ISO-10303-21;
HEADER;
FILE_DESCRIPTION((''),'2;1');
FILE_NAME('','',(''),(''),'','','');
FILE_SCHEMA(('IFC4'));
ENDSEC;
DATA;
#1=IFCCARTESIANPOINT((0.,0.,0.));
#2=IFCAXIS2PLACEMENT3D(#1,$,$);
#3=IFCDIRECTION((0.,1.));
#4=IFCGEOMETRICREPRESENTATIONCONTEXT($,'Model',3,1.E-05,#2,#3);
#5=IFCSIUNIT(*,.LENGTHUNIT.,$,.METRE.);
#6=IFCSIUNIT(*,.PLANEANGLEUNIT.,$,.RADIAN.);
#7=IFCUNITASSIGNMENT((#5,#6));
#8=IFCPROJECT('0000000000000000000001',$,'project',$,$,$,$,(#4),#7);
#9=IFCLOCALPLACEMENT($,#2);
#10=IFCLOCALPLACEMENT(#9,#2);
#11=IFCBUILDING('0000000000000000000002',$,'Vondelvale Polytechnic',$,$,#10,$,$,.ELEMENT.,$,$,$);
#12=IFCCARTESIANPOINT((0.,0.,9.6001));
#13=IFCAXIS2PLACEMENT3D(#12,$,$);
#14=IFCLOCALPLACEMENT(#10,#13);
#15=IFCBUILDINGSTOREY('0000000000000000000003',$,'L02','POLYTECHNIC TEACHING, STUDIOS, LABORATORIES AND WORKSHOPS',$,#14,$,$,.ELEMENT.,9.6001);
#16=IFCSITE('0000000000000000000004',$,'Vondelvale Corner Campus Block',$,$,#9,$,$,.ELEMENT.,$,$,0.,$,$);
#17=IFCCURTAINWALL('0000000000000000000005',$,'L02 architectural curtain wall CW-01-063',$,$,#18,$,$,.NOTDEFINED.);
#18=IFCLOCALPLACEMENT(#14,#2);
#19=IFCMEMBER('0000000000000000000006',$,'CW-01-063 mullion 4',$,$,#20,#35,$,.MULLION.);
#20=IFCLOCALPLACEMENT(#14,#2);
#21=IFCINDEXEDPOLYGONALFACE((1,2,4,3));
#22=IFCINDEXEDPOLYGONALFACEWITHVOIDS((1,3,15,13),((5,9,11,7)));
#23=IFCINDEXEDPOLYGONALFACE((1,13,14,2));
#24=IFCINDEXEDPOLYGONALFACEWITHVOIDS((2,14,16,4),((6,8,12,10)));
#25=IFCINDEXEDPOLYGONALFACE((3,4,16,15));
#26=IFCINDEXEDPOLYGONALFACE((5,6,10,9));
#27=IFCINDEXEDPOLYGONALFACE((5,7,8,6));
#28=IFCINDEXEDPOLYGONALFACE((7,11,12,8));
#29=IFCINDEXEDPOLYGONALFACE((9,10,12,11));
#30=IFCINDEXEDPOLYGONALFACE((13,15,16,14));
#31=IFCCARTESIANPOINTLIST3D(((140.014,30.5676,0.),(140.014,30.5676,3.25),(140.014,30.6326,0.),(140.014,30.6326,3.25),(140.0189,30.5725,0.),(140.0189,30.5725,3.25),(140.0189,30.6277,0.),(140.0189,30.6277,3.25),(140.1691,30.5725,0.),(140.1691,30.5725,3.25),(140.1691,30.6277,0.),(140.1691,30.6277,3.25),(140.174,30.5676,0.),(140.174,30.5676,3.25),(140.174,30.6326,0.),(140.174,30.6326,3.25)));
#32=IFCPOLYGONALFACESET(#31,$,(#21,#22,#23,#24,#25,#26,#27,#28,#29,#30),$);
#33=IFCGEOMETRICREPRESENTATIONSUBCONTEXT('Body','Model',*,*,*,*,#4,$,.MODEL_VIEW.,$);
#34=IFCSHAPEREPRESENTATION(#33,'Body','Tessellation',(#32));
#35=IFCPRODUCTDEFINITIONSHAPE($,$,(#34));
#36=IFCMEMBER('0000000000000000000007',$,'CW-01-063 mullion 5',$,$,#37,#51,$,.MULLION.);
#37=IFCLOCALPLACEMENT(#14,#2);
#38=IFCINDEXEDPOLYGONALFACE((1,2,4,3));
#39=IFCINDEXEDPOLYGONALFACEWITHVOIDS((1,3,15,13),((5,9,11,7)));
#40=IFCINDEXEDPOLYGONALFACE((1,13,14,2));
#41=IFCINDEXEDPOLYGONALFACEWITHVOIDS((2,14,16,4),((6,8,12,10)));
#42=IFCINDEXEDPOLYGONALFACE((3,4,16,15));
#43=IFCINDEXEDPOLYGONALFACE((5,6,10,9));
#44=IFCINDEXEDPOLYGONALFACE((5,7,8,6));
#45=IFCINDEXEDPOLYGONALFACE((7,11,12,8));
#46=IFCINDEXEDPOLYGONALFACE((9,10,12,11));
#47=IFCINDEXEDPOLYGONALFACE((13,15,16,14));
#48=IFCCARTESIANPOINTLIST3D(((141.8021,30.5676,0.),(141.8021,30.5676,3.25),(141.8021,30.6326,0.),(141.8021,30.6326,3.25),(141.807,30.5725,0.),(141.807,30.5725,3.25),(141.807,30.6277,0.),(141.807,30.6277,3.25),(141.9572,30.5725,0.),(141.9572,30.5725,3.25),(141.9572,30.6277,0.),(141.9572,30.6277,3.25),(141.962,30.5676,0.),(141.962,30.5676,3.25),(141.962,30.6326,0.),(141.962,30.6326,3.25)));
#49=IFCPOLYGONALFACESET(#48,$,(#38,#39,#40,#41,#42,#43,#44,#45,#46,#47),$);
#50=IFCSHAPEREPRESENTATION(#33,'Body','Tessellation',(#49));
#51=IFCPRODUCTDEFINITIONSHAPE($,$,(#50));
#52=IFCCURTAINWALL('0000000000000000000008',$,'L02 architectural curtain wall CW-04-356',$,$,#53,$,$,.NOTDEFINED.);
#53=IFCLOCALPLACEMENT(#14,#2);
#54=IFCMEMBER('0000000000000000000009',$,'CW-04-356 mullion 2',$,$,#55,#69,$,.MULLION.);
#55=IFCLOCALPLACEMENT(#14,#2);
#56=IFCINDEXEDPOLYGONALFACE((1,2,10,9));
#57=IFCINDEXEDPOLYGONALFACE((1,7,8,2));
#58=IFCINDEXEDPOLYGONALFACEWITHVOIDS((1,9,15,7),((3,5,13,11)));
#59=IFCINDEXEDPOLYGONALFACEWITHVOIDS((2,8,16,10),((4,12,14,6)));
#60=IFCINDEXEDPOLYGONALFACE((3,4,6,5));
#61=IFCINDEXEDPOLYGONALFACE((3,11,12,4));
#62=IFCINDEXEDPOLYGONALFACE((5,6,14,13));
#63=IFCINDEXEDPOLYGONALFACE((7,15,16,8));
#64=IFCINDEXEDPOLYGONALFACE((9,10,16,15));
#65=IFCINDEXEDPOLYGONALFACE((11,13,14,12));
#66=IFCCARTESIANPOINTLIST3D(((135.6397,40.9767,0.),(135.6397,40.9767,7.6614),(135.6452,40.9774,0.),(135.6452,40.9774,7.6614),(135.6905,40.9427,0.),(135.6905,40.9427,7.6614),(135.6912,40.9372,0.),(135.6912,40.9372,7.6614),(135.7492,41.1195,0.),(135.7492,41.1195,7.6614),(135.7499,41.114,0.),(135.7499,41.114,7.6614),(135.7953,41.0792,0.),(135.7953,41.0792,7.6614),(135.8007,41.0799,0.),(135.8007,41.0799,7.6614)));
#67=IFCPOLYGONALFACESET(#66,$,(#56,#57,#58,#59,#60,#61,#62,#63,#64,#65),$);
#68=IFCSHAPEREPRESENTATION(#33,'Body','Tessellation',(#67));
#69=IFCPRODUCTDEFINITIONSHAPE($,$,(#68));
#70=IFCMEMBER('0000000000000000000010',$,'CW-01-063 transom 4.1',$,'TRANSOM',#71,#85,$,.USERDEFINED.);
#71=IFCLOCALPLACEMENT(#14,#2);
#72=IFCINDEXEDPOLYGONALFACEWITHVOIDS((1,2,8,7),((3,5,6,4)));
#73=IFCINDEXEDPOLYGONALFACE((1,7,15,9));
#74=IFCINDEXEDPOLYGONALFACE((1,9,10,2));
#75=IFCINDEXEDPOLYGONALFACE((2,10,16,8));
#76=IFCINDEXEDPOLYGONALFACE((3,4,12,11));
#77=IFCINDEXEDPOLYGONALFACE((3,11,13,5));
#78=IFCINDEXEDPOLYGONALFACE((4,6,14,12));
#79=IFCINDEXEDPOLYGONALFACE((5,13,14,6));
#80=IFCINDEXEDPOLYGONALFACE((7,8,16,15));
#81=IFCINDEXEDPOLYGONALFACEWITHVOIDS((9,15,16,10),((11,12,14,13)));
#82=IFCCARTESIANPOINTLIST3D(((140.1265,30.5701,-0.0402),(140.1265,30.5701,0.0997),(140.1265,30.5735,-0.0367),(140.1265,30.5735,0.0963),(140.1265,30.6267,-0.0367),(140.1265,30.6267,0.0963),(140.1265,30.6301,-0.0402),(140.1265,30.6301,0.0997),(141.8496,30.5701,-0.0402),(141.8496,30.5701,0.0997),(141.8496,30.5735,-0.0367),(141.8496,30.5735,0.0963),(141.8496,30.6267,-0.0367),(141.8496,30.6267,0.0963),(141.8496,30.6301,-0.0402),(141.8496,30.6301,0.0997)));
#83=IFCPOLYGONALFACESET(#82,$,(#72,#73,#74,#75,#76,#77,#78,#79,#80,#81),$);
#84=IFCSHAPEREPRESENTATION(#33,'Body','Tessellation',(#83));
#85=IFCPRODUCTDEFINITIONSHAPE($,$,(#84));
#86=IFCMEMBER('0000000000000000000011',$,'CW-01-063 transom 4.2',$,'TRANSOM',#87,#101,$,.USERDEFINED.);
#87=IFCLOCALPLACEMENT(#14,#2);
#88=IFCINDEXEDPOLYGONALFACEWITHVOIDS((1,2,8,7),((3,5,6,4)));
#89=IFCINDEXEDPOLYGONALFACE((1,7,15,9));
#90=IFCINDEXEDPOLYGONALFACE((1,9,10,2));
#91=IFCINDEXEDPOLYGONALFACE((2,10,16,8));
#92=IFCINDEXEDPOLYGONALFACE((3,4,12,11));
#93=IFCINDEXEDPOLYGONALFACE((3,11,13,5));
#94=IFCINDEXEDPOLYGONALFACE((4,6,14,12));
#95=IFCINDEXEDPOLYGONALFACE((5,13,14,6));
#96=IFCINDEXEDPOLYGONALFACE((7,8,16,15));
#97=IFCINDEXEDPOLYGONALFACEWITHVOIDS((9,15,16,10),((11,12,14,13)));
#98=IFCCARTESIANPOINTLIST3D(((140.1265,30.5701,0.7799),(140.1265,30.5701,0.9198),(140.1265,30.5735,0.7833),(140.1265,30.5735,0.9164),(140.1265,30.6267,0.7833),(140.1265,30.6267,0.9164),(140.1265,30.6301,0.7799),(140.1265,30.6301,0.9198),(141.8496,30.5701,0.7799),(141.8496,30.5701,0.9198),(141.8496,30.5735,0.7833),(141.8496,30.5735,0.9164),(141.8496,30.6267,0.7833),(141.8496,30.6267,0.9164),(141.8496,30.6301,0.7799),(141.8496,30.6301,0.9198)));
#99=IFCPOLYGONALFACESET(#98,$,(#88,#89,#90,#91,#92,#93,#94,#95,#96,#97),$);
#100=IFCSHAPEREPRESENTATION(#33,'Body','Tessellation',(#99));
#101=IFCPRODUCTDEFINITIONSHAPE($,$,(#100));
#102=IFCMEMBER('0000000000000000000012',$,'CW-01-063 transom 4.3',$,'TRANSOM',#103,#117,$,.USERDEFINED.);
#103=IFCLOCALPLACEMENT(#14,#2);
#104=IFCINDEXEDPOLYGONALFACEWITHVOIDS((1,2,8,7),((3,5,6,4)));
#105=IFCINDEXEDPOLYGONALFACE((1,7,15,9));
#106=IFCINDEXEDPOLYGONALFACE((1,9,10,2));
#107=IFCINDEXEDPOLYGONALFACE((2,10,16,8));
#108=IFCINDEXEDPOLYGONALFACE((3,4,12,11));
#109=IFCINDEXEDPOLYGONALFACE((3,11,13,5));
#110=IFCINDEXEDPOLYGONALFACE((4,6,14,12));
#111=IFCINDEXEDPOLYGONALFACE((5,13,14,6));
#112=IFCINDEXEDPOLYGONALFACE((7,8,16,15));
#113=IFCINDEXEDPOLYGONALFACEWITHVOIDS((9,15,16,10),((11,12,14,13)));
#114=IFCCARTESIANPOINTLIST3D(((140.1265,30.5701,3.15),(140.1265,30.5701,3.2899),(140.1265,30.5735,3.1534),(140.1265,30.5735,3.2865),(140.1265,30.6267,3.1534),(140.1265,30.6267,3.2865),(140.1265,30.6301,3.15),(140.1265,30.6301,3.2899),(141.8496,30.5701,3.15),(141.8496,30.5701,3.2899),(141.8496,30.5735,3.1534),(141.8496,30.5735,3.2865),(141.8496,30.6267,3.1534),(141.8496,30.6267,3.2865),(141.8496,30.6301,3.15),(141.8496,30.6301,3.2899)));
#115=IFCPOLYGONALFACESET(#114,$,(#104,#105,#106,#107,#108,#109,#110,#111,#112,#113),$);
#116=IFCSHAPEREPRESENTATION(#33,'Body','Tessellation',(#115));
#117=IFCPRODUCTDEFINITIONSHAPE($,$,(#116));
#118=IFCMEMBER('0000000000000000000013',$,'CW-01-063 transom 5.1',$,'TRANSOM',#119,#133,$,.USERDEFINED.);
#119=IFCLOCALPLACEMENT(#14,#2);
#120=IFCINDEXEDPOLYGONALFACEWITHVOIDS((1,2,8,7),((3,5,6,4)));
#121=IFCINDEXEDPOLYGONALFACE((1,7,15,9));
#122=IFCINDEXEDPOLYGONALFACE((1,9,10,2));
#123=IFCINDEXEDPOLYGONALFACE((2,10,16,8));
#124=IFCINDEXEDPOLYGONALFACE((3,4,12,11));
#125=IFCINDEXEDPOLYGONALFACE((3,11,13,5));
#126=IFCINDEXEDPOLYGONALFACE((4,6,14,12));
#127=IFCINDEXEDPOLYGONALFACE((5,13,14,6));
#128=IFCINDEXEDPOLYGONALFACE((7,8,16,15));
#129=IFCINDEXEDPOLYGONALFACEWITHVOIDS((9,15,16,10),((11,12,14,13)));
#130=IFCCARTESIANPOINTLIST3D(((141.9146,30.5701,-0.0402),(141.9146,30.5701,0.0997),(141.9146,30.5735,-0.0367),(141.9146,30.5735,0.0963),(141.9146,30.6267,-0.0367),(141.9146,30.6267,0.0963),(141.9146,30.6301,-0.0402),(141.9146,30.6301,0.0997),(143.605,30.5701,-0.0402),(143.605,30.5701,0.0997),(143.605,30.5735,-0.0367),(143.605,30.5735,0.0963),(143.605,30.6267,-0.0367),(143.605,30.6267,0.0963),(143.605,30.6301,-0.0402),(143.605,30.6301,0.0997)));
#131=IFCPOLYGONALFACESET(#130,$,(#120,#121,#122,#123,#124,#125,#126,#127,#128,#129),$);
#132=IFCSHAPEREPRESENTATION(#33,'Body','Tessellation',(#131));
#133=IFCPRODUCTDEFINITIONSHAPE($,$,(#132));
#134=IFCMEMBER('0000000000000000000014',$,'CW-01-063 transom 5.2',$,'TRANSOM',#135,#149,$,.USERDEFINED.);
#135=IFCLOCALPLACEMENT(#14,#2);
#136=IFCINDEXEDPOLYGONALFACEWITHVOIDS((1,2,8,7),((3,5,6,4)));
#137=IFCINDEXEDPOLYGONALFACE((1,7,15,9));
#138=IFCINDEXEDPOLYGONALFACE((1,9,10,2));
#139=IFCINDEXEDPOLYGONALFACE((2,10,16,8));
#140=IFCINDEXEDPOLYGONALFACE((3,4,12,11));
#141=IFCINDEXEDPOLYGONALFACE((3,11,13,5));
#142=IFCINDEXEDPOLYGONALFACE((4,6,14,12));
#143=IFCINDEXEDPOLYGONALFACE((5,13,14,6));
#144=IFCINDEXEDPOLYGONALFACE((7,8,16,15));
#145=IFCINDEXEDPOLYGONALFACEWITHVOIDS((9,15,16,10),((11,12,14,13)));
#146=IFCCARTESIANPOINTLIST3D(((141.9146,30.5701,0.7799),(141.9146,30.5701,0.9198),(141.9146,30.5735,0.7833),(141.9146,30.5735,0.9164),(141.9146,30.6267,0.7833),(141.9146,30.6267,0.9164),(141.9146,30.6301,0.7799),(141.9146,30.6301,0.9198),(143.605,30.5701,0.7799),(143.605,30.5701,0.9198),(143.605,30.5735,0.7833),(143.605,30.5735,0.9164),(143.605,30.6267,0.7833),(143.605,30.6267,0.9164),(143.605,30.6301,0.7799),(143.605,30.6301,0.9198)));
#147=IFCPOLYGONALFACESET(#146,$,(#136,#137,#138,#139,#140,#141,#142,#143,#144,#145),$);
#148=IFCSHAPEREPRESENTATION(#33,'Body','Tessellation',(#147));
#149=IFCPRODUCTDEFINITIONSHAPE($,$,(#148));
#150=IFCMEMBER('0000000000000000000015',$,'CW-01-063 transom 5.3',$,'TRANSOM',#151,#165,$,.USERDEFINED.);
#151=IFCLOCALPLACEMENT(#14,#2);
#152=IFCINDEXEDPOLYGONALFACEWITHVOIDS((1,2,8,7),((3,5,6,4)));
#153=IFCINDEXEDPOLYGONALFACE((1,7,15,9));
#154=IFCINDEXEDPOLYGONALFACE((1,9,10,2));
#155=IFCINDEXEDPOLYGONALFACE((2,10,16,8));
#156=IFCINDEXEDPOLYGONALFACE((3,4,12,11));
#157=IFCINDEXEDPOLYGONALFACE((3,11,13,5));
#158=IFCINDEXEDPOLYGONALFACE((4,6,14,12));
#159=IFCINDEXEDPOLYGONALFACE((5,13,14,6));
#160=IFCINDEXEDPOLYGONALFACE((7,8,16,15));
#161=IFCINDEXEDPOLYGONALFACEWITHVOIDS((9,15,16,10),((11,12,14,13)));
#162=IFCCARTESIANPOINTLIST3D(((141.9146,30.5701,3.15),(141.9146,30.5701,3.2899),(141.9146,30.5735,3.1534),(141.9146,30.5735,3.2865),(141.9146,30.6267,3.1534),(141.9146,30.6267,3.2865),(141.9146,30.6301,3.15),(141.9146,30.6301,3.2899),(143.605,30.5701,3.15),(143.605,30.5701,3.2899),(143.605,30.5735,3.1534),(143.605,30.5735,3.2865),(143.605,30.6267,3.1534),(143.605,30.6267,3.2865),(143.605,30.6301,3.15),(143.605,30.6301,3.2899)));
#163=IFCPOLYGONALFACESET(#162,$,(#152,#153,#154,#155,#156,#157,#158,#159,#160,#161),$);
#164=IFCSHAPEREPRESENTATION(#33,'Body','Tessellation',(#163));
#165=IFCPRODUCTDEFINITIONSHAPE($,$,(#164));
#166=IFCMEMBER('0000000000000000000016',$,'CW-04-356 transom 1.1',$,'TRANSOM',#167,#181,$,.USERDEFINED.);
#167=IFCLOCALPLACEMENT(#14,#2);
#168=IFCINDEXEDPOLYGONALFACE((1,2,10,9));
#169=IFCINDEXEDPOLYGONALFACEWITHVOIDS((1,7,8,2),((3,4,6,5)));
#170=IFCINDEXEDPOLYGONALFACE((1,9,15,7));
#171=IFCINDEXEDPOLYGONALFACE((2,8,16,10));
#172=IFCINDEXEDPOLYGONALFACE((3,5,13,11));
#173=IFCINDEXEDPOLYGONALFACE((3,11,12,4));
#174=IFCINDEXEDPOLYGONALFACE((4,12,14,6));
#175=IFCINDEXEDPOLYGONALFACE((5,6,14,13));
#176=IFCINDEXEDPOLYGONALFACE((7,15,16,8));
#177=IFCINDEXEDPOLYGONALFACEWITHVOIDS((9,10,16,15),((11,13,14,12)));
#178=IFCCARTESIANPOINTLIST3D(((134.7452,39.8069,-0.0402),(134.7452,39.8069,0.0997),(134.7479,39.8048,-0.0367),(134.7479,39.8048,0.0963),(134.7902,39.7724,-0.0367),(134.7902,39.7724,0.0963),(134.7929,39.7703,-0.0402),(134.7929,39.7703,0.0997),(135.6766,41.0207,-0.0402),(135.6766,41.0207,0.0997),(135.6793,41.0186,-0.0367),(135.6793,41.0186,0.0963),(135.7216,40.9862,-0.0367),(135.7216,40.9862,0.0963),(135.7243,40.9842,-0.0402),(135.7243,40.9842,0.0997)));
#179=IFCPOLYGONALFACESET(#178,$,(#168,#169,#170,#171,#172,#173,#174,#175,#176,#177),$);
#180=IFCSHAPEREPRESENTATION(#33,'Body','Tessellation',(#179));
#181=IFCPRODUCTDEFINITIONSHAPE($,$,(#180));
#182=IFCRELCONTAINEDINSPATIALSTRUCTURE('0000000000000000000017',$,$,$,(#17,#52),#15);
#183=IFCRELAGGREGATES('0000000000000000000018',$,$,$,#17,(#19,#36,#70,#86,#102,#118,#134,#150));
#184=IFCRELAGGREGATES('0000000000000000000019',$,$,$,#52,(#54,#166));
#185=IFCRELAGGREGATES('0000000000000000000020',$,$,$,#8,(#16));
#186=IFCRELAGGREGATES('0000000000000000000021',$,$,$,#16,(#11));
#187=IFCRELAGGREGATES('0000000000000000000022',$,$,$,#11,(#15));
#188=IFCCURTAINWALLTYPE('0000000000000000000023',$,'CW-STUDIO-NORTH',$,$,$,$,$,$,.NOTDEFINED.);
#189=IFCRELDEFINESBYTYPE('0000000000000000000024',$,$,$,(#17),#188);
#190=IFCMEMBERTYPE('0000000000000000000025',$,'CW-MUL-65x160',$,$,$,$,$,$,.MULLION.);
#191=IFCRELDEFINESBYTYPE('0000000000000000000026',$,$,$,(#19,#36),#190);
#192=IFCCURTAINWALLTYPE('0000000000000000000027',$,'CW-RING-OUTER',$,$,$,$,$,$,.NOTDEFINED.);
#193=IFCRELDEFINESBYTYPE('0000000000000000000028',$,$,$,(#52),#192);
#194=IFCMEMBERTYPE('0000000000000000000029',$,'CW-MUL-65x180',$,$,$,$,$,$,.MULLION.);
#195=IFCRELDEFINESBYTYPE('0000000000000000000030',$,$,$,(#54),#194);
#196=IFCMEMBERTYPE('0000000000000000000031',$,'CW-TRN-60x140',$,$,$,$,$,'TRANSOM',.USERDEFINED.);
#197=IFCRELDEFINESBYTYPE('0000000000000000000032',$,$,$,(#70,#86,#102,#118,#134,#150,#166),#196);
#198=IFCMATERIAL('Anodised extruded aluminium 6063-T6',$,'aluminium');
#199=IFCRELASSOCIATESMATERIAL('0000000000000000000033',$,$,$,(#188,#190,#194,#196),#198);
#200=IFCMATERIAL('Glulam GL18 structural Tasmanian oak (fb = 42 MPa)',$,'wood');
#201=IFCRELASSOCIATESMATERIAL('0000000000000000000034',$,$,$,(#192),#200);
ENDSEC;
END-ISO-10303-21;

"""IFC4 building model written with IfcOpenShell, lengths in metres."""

from ifc_helpers import new_model, si_unit, direction, frame, origin, origin_2d, place, context, subcontext, project, spatial, hollow_rectangle, extrude, material, material_profile, profile_set, type_object, element, aggregate, save


model = new_model("IFC4")

# Units and contexts
model_context = context("Model", 3, precision=1e-05, world=origin(), true_north=direction((0.0, 1.0)))
body_context = subcontext(model_context, "Body", "Model", "MODEL_VIEW")
ifc_project = project(units=[si_unit("LENGTHUNIT", "METRE"), si_unit("PLANEANGLEUNIT", "RADIAN")], contexts=[model_context])

# Site, building, storey
site_placement = place(None, origin())
site = spatial("IfcSite", under=ifc_project, at=site_placement, Name="Vondelvale Corner Campus Block", CompositionType="ELEMENT", RefElevation=0.0)
building_placement = place(site_placement, origin())
building = spatial("IfcBuilding", under=site, at=building_placement, Name="Vondelvale Polytechnic", CompositionType="ELEMENT")
storey_placement = place(building_placement, frame((0.0, 0.0, 9.6001)))
storey = spatial("IfcBuildingStorey", under=building, at=storey_placement, Name="L02", Description="POLYTECHNIC TEACHING, STUDIOS, LABORATORIES AND WORKSHOPS", CompositionType="ELEMENT", Elevation=9.6001)

# Curtain wall, members
ifc_material_1 = material(Name="Anodised extruded aluminium 6063-T6", Category="aluminium")
curtain_wall_type_1 = type_object("IfcCurtainWallType", Name="CW-STUDIO-NORTH", PredefinedType="NOTDEFINED", material=ifc_material_1)
curtain_wall_1_placement = place(storey_placement, origin())
curtain_wall_1 = element("IfcCurtainWall", 1, at=curtain_wall_1_placement, inside=storey, type_object=curtain_wall_type_1, Name="L02 architectural curtain wall CW-01-063", PredefinedType="NOTDEFINED")
ifc_material_profile_1 = material_profile(ifc_material_1, hollow_rectangle(XDim=0.0649, YDim=0.1599, WallThickness=0.0049, at=origin_2d()), Name="CW-MUL-160x65")
ifc_profile_set_1 = profile_set([ifc_material_profile_1], Name="Anodised extruded aluminium 6063-T6")
member_type_1 = type_object("IfcMemberType", Name="CW-MUL-65x160", PredefinedType="MULLION", material=ifc_profile_set_1)
member_1_placement = place(storey_placement, frame((140.094, 30.6001, 0.0), z_axis=(0.0, 0.0, 1.0), x_axis=(0.0, 1.0, 0.0)))
member_1 = element("IfcMember", 2, at=member_1_placement, type_object=member_type_1, Name="CW-01-063 mullion 4", PredefinedType="MULLION", context=body_context, shape_type="SweptSolid", body=[
    extrude(hollow_rectangle(XDim=0.0649, YDim=0.1599, WallThickness=0.0049, at=origin_2d()), origin(), (0.0, 0.0, 1.0), 3.25),
])
member_2_placement = place(storey_placement, frame((141.8821, 30.6001, 0.0), z_axis=(0.0, 0.0, 1.0), x_axis=(0.0, 1.0, 0.0)))
member_2 = element("IfcMember", 3, at=member_2_placement, type_object=member_type_1, Name="CW-01-063 mullion 5", PredefinedType="MULLION", context=body_context, shape_type="SweptSolid", body=[
    extrude(hollow_rectangle(XDim=0.0649, YDim=0.1599, WallThickness=0.0049, at=origin_2d()), origin(), (0.0, 0.0, 1.0), 3.25),
])

# Curtain wall, member
ifc_material_2 = material(Name="Glulam GL18 structural Tasmanian oak (fb = 42 MPa)", Category="wood")
curtain_wall_type_2 = type_object("IfcCurtainWallType", Name="CW-RING-OUTER", PredefinedType="NOTDEFINED", material=ifc_material_2)
curtain_wall_2_placement = place(storey_placement, origin())
curtain_wall_2 = element("IfcCurtainWall", 4, at=curtain_wall_2_placement, inside=storey, type_object=curtain_wall_type_2, Name="L02 architectural curtain wall CW-04-356", PredefinedType="NOTDEFINED")
ifc_material_profile_2 = material_profile(ifc_material_1, hollow_rectangle(XDim=0.0649, YDim=0.1799, WallThickness=0.0039, at=origin_2d()), Name="CW-MUL-180x65")
ifc_profile_set_2 = profile_set([ifc_material_profile_2], Name="Anodised extruded aluminium 6063-T6")
member_type_2 = type_object("IfcMemberType", Name="CW-MUL-65x180", PredefinedType="MULLION", material=ifc_profile_set_2)
member_3_placement = place(storey_placement, frame((135.7202, 41.0283, 0.0), z_axis=(0.0, 0.0, 1.0), x_axis=(-0.793334, 0.608787, 0.0)))
member_3 = element("IfcMember", 5, at=member_3_placement, type_object=member_type_2, Name="CW-04-356 mullion 2", PredefinedType="MULLION", context=body_context, shape_type="SweptSolid", body=[
    extrude(hollow_rectangle(XDim=0.0649, YDim=0.1799, WallThickness=0.0039, at=origin_2d()), origin(), (0.0, 0.0, 1.0), 7.6614),
])

# Members
ifc_material_profile_3 = material_profile(ifc_material_1, hollow_rectangle(XDim=0.0601, YDim=0.1399, WallThickness=0.0034, at=origin_2d()), Name="CW-TRN-140x60")
ifc_profile_set_3 = profile_set([ifc_material_profile_3], Name="Anodised extruded aluminium 6063-T6")
member_type_3 = type_object("IfcMemberType", Name="CW-TRN-60x140", ElementType="TRANSOM", PredefinedType="USERDEFINED", material=ifc_profile_set_3)
member_4_placement = place(storey_placement, frame((140.1265, 30.6001, 0.0298), z_axis=(1.0, 0.0, 0.0), x_axis=(0.0, 1.0, 0.0)))
member_4 = element("IfcMember", 6, at=member_4_placement, type_object=member_type_3, Name="CW-01-063 transom 4.1", ObjectType="TRANSOM", PredefinedType="USERDEFINED", context=body_context, shape_type="SweptSolid", body=[
    extrude(hollow_rectangle(XDim=0.0601, YDim=0.1399, WallThickness=0.0034, at=origin_2d()), origin(), (0.0, 0.0, 1.0), 1.7231),
])
member_5_placement = place(storey_placement, frame((140.1265, 30.6001, 0.8499), z_axis=(1.0, 0.0, 0.0), x_axis=(0.0, 1.0, 0.0)))
member_5 = element("IfcMember", 7, at=member_5_placement, type_object=member_type_3, Name="CW-01-063 transom 4.2", ObjectType="TRANSOM", PredefinedType="USERDEFINED", context=body_context, shape_type="SweptSolid", body=[
    extrude(hollow_rectangle(XDim=0.0601, YDim=0.1399, WallThickness=0.0034, at=origin_2d()), origin(), (0.0, 0.0, 1.0), 1.7231),
])
member_6_placement = place(storey_placement, frame((140.1265, 30.6001, 3.22), z_axis=(1.0, 0.0, 0.0), x_axis=(0.0, 1.0, 0.0)))
member_6 = element("IfcMember", 8, at=member_6_placement, type_object=member_type_3, Name="CW-01-063 transom 4.3", ObjectType="TRANSOM", PredefinedType="USERDEFINED", context=body_context, shape_type="SweptSolid", body=[
    extrude(hollow_rectangle(XDim=0.0601, YDim=0.1399, WallThickness=0.0034, at=origin_2d()), origin(), (0.0, 0.0, 1.0), 1.7231),
])
member_7_placement = place(storey_placement, frame((141.9146, 30.6001, 0.0298), z_axis=(1.0, 0.0, 0.0), x_axis=(0.0, 1.0, 0.0)))
member_7 = element("IfcMember", 9, at=member_7_placement, type_object=member_type_3, Name="CW-01-063 transom 5.1", ObjectType="TRANSOM", PredefinedType="USERDEFINED", context=body_context, shape_type="SweptSolid", body=[
    extrude(hollow_rectangle(XDim=0.0601, YDim=0.1399, WallThickness=0.0034, at=origin_2d()), origin(), (0.0, 0.0, 1.0), 1.6904),
])
member_8_placement = place(storey_placement, frame((141.9146, 30.6001, 0.8499), z_axis=(1.0, 0.0, 0.0), x_axis=(0.0, 1.0, 0.0)))
member_8 = element("IfcMember", 10, at=member_8_placement, type_object=member_type_3, Name="CW-01-063 transom 5.2", ObjectType="TRANSOM", PredefinedType="USERDEFINED", context=body_context, shape_type="SweptSolid", body=[
    extrude(hollow_rectangle(XDim=0.0601, YDim=0.1399, WallThickness=0.0034, at=origin_2d()), origin(), (0.0, 0.0, 1.0), 1.6904),
])
member_9_placement = place(storey_placement, frame((141.9146, 30.6001, 3.22), z_axis=(1.0, 0.0, 0.0), x_axis=(0.0, 1.0, 0.0)))
member_9 = element("IfcMember", 11, at=member_9_placement, type_object=member_type_3, Name="CW-01-063 transom 5.3", ObjectType="TRANSOM", PredefinedType="USERDEFINED", context=body_context, shape_type="SweptSolid", body=[
    extrude(hollow_rectangle(XDim=0.0601, YDim=0.1399, WallThickness=0.0034, at=origin_2d()), origin(), (0.0, 0.0, 1.0), 1.6904),
])
member_10_placement = place(storey_placement, frame((134.769, 39.7886, 0.0298), z_axis=(0.608746, 0.793365, 0.0), x_axis=(-0.793365, 0.608746, 0.0)))
member_10 = element("IfcMember", 12, at=member_10_placement, type_object=member_type_3, Name="CW-04-356 transom 1.1", ObjectType="TRANSOM", PredefinedType="USERDEFINED", context=body_context, shape_type="SweptSolid", body=[
    extrude(hollow_rectangle(XDim=0.0601, YDim=0.1399, WallThickness=0.0034, at=origin_2d()), origin(), (0.0, 0.0, 1.0), 1.53),
])

aggregate(curtain_wall_1, [member_1, member_2, member_4, member_5, member_6, member_7, member_8, member_9])
aggregate(curtain_wall_2, [member_3, member_10])

save(model, "model.ifc")
